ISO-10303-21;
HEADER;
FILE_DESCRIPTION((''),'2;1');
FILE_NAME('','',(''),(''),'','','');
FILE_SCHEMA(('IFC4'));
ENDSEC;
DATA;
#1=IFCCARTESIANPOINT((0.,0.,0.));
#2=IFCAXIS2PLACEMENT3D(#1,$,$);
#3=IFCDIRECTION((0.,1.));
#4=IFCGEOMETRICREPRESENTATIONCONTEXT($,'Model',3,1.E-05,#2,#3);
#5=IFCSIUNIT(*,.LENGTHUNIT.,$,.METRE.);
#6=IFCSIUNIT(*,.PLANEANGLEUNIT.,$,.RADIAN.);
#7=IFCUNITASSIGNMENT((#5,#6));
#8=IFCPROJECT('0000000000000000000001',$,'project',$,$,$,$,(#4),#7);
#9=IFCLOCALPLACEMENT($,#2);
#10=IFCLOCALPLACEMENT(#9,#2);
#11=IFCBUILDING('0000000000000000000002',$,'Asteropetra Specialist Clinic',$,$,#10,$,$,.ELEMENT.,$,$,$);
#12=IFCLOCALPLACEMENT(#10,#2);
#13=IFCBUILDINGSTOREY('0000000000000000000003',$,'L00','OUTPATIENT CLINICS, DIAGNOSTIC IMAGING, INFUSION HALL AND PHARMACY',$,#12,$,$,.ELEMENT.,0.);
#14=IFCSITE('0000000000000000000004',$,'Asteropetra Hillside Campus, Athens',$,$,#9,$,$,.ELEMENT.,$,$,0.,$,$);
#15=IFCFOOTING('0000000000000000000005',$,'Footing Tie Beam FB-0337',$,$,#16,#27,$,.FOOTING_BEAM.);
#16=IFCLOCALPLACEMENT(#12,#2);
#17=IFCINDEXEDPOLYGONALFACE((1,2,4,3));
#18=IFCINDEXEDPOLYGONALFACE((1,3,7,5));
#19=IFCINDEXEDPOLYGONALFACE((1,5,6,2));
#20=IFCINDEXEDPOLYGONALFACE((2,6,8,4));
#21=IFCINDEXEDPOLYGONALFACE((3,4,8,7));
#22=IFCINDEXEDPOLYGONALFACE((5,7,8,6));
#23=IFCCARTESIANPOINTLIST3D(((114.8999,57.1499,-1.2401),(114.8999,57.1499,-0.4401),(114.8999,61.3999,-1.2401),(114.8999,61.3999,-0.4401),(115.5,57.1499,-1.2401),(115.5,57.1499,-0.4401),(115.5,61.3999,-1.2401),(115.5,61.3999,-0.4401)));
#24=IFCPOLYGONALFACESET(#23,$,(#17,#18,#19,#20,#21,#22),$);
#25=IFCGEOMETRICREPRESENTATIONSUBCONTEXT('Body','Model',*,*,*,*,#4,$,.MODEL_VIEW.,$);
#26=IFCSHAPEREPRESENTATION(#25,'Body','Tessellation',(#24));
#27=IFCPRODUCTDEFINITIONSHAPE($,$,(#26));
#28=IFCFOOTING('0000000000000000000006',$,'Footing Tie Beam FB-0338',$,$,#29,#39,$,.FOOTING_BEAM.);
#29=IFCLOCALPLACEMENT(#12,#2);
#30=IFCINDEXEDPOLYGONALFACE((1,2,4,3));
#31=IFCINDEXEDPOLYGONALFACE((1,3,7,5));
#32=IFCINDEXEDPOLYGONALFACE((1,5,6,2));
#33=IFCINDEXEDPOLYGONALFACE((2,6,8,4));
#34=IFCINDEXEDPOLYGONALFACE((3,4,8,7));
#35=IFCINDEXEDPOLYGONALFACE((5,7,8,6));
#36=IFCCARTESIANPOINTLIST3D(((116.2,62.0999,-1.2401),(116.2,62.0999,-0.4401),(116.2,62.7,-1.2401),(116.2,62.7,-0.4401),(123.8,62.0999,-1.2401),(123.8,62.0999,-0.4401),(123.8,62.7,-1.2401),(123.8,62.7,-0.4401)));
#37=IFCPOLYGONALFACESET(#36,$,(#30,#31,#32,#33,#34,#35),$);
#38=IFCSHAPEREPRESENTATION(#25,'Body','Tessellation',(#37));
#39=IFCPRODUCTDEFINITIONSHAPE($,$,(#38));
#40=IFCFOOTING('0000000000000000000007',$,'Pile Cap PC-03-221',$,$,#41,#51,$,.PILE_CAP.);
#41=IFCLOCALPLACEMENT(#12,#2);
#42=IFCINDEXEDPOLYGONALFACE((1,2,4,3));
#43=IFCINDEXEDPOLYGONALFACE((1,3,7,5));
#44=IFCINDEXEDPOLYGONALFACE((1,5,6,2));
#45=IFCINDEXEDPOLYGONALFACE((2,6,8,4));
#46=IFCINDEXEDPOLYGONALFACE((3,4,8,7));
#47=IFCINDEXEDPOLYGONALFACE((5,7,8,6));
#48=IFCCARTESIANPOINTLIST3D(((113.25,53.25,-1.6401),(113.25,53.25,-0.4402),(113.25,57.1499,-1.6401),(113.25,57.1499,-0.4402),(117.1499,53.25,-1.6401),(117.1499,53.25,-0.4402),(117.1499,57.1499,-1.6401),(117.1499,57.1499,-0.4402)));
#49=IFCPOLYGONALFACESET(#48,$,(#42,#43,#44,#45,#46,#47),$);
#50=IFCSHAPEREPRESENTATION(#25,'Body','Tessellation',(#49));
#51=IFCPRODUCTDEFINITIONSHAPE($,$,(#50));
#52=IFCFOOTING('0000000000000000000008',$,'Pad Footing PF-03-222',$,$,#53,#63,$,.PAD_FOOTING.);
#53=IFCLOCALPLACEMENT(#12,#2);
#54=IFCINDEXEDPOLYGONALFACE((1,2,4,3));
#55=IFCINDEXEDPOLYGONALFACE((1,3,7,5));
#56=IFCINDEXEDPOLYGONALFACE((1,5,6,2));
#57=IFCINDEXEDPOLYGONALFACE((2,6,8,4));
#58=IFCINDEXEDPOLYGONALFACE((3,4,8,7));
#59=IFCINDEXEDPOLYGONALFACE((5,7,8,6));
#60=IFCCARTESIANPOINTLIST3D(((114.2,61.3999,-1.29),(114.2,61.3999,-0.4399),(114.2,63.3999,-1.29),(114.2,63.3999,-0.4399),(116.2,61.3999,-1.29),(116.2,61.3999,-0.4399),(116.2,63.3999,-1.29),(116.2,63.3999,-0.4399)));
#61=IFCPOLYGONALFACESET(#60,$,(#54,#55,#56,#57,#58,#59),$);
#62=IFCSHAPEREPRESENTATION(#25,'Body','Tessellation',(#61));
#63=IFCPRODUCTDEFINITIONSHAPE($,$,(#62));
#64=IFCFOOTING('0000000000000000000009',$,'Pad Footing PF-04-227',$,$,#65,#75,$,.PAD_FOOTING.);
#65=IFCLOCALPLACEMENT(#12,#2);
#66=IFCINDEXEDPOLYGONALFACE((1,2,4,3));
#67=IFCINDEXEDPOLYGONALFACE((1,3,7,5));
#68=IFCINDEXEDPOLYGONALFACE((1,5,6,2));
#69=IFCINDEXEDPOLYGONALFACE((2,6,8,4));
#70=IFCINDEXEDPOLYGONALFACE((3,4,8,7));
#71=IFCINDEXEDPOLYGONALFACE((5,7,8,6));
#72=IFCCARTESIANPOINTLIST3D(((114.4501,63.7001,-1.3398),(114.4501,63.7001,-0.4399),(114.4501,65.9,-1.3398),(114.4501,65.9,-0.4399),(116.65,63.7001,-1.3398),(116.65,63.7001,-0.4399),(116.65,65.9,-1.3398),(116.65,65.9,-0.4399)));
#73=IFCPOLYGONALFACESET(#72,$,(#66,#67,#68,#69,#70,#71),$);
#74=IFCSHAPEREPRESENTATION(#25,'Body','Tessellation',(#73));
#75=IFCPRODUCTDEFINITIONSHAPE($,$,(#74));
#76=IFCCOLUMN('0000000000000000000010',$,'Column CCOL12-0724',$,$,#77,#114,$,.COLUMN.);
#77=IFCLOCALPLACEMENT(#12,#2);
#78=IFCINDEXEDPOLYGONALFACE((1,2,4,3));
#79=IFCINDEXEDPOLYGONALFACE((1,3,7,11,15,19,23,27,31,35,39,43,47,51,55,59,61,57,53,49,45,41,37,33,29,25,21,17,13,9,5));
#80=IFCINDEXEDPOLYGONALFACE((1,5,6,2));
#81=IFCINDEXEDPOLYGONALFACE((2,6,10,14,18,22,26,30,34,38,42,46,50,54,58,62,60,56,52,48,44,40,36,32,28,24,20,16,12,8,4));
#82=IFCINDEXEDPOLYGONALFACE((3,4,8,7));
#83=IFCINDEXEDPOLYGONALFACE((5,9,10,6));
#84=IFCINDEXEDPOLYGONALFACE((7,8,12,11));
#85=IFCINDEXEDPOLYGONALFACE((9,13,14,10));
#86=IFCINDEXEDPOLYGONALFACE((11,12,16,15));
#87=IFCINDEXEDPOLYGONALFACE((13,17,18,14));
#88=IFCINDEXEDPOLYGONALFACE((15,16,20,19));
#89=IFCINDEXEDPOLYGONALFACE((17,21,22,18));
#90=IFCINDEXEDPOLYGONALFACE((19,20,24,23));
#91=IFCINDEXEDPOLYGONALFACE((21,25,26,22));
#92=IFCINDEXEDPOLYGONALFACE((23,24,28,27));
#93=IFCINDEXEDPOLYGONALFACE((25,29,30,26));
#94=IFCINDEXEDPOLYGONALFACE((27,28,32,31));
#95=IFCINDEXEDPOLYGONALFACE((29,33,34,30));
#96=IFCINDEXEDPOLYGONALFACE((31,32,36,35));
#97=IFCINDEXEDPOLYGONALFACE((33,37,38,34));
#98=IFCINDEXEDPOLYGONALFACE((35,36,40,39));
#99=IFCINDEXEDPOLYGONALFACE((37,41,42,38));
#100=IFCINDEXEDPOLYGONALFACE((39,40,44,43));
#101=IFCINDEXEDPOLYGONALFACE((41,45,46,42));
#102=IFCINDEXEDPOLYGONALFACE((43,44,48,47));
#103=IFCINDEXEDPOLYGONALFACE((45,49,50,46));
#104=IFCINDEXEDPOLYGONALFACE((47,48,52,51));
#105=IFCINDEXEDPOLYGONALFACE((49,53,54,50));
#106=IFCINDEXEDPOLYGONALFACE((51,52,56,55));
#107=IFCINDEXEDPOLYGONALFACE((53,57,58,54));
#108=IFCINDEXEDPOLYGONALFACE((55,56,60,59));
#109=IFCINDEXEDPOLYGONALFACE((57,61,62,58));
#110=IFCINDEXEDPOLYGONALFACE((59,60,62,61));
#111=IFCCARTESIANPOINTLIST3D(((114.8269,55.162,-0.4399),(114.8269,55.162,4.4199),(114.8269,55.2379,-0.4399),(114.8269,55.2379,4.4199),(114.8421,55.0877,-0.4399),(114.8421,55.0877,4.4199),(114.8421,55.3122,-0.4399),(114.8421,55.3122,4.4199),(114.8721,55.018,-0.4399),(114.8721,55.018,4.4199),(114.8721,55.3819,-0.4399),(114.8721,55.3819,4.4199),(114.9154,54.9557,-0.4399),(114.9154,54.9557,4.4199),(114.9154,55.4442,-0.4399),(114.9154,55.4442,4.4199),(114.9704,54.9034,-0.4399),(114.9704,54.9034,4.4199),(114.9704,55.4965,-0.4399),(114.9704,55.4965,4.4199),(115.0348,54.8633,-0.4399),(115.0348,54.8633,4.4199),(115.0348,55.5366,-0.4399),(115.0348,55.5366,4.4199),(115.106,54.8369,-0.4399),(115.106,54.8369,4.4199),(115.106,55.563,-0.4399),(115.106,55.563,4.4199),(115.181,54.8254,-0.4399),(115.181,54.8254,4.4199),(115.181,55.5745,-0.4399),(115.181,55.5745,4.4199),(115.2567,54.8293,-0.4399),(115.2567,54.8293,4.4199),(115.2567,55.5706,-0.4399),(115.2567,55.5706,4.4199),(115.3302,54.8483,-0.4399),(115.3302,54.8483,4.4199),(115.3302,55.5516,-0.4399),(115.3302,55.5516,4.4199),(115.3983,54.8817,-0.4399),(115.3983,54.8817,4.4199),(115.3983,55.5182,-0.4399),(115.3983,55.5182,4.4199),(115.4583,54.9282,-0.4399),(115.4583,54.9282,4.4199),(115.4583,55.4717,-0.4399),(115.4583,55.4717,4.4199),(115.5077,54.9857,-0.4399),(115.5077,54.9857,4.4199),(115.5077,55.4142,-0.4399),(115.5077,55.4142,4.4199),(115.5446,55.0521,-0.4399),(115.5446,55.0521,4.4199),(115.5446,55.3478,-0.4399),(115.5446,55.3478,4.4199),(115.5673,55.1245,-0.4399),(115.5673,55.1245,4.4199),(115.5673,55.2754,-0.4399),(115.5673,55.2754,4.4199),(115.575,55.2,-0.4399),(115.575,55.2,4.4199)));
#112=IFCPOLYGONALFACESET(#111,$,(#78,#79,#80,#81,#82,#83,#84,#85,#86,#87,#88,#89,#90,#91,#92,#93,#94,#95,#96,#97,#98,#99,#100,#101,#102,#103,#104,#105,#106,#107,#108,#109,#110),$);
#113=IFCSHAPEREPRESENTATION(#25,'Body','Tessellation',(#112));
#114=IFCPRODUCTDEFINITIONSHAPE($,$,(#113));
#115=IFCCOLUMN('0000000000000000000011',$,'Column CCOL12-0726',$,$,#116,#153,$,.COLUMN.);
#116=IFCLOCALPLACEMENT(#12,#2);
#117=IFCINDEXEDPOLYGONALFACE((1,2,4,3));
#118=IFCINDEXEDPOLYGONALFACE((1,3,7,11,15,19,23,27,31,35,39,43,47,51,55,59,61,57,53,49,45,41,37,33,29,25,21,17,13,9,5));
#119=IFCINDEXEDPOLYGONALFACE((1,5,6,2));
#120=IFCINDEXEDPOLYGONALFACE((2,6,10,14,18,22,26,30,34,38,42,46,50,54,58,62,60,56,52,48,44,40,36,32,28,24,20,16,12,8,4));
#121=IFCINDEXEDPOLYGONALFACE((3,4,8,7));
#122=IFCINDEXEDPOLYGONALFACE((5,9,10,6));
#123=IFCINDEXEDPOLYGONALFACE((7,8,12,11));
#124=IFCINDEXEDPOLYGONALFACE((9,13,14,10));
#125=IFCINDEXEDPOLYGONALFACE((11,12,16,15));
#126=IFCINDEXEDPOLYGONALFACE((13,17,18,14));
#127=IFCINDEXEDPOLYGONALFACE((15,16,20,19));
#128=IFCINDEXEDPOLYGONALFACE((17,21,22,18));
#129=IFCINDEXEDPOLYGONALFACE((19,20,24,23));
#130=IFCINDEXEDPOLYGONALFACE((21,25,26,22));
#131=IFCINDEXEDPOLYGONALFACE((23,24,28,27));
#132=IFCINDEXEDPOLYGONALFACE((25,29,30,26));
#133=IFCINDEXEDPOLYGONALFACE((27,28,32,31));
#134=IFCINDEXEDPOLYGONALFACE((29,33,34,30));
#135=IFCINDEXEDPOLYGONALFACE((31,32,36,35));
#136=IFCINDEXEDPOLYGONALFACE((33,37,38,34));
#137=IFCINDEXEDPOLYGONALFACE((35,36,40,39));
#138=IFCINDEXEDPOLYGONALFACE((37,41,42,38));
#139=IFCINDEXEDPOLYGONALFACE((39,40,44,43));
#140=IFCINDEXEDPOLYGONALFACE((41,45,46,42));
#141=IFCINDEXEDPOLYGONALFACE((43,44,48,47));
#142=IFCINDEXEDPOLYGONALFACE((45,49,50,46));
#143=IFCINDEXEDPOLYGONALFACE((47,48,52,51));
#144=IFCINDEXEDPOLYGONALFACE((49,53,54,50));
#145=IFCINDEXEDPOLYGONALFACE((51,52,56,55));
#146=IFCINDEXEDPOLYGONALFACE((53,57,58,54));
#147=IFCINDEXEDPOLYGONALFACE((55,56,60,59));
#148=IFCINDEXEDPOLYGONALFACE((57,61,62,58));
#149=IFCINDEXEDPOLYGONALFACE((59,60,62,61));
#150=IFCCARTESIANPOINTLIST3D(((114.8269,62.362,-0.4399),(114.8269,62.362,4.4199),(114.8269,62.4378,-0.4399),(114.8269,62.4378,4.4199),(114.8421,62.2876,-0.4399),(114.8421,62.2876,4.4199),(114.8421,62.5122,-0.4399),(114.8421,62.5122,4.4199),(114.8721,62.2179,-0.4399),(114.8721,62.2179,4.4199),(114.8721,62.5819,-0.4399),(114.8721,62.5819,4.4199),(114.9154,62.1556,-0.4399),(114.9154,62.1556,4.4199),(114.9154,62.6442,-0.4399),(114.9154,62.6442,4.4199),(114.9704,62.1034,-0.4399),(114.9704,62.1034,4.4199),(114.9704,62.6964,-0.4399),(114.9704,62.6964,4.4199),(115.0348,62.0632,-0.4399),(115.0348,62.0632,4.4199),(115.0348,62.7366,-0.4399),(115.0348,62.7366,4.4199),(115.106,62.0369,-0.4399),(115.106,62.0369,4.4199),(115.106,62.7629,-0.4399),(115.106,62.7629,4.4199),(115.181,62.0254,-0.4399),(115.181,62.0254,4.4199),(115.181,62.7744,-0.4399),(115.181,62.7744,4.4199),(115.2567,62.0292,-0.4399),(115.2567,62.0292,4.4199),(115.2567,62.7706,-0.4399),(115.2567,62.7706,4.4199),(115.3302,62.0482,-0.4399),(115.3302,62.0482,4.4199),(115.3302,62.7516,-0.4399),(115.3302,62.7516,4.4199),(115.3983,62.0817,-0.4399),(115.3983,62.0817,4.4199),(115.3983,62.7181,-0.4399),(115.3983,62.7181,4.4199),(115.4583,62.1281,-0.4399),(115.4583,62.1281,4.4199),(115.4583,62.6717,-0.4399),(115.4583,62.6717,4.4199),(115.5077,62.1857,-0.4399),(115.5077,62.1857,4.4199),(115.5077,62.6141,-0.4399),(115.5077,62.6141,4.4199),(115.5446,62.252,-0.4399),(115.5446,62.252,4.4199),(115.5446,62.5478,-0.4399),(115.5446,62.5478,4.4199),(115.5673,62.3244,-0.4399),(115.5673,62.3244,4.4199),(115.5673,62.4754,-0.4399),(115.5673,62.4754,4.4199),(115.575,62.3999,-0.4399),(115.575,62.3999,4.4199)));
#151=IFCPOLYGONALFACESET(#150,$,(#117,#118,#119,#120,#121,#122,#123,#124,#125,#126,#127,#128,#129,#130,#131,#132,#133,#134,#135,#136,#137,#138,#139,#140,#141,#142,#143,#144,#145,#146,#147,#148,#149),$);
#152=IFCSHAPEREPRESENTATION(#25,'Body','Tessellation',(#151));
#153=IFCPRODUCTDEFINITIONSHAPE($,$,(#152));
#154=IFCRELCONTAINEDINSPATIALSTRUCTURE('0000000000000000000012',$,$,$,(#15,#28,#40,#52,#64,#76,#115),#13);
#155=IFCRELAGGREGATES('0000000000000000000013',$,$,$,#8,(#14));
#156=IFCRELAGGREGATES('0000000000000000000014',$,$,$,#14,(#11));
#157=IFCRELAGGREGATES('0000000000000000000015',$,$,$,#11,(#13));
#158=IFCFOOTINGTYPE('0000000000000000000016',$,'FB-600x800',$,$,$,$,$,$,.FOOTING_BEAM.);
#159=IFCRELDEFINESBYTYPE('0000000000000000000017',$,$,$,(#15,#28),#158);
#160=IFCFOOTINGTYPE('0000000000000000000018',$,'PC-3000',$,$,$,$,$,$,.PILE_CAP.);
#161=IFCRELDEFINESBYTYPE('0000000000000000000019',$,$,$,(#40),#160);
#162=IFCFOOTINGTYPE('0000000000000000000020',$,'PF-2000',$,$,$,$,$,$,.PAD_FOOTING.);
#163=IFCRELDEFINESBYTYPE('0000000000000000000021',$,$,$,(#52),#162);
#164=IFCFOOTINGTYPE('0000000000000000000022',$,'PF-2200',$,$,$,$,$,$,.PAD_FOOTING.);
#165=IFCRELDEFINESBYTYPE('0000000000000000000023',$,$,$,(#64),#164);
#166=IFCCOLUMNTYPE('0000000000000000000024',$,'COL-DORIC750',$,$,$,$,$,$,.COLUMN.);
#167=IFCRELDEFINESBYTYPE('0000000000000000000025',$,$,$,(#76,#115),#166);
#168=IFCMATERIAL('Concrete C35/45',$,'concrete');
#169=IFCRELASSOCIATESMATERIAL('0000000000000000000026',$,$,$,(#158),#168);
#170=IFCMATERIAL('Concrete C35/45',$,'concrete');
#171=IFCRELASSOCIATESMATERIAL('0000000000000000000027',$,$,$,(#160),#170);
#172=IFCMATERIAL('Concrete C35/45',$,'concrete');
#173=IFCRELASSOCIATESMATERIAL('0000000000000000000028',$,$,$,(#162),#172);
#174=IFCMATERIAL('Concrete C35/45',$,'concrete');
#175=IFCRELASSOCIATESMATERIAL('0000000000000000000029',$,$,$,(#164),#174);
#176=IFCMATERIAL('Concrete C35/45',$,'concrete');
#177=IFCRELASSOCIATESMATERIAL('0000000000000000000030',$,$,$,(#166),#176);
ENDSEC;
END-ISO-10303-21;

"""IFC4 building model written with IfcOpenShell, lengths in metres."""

from ifc_helpers import new_model, si_unit, direction, frame, origin, origin_2d, place, context, subcontext, project, spatial, rectangle, circle, extrude, material, material_profile, profile_set, type_object, element, save


model = new_model("IFC4")

# Units and contexts
model_context = context("Model", 3, precision=1e-05, world=origin(), true_north=direction((0.0, 1.0)))
body_context = subcontext(model_context, "Body", "Model", "MODEL_VIEW")
ifc_project = project(units=[si_unit("LENGTHUNIT", "METRE"), si_unit("PLANEANGLEUNIT", "RADIAN")], contexts=[model_context])

# Site, building, storey
site_placement = place(None, origin())
site = spatial("IfcSite", under=ifc_project, at=site_placement, Name="Asteropetra Hillside Campus, Athens", CompositionType="ELEMENT", RefElevation=0.0)
building_placement = place(site_placement, origin())
building = spatial("IfcBuilding", under=site, at=building_placement, Name="Asteropetra Specialist Clinic", CompositionType="ELEMENT")
storey_placement = place(building_placement, origin())
storey = spatial("IfcBuildingStorey", under=building, at=storey_placement, Name="L00", Description="OUTPATIENT CLINICS, DIAGNOSTIC IMAGING, INFUSION HALL AND PHARMACY", CompositionType="ELEMENT", Elevation=0.0)

# Footings
ifc_material_1 = material(Name="Concrete C35/45", Category="concrete")
ifc_material_profile_1 = material_profile(ifc_material_1, rectangle(XDim=0.6001, YDim=0.8, at=origin_2d()), Name="FB 600x800")
ifc_profile_set_1 = profile_set([ifc_material_profile_1], Name="Concrete C35/45")
footing_type_1 = type_object("IfcFootingType", Name="FB-600x800", PredefinedType="FOOTING_BEAM", material=ifc_profile_set_1)
footing_1_placement = place(storey_placement, frame((115.2, 57.1499, -0.8401), z_axis=(0.0, 1.0, 0.0), x_axis=(-1.0, 0.0, 0.0)))
element("IfcFooting", 1, at=footing_1_placement, inside=storey, type_object=footing_type_1, Name="Footing Tie Beam FB-0337", PredefinedType="FOOTING_BEAM", context=body_context, shape_type="SweptSolid", body=[
    extrude(rectangle(XDim=0.6001, YDim=0.8, at=origin_2d()), origin(), (0.0, 0.0, 1.0), 4.25),
])
footing_2_placement = place(storey_placement, frame((116.2, 62.3999, -0.8401), z_axis=(1.0, 0.0, 0.0), x_axis=(0.0, 1.0, 0.0)))
element("IfcFooting", 2, at=footing_2_placement, inside=storey, type_object=footing_type_1, Name="Footing Tie Beam FB-0338", PredefinedType="FOOTING_BEAM", context=body_context, shape_type="SweptSolid", body=[
    extrude(rectangle(XDim=0.6001, YDim=0.8, at=origin_2d()), origin(), (0.0, 0.0, 1.0), 7.6001),
])
ifc_material_2 = material(Name="Concrete C35/45", Category="concrete")
footing_type_2 = type_object("IfcFootingType", Name="PC-3000", PredefinedType="PILE_CAP", material=ifc_material_2)
footing_3_placement = place(storey_placement, frame((115.2, 55.2, -1.6401), z_axis=(0.0, 0.0, 1.0), x_axis=(1.0, 0.0, 0.0)))
element("IfcFooting", 3, at=footing_3_placement, inside=storey, type_object=footing_type_2, Name="Pile Cap PC-03-221", PredefinedType="PILE_CAP", context=body_context, shape_type="SweptSolid", body=[
    extrude(rectangle(XDim=3.8999, YDim=3.8999, at=origin_2d()), origin(), (0.0, 0.0, 1.0), 1.2),
])
ifc_material_3 = material(Name="Concrete C35/45", Category="concrete")
footing_type_3 = type_object("IfcFootingType", Name="PF-2000", PredefinedType="PAD_FOOTING", material=ifc_material_3)
footing_4_placement = place(storey_placement, frame((115.2, 62.3999, -1.29), z_axis=(0.0, 0.0, 1.0), x_axis=(1.0, 0.0, 0.0)))
element("IfcFooting", 4, at=footing_4_placement, inside=storey, type_object=footing_type_3, Name="Pad Footing PF-03-222", PredefinedType="PAD_FOOTING", context=body_context, shape_type="SweptSolid", body=[
    extrude(rectangle(XDim=2.0, YDim=2.0, at=origin_2d()), origin(), (0.0, 0.0, 1.0), 0.8501),
])
ifc_material_4 = material(Name="Concrete C35/45", Category="concrete")
footing_type_4 = type_object("IfcFootingType", Name="PF-2200", PredefinedType="PAD_FOOTING", material=ifc_material_4)
footing_5_placement = place(storey_placement, frame((115.55, 64.8, -1.3398), z_axis=(0.0, 0.0, 1.0), x_axis=(1.0, 0.0, 0.0)))
element("IfcFooting", 5, at=footing_5_placement, inside=storey, type_object=footing_type_4, Name="Pad Footing PF-04-227", PredefinedType="PAD_FOOTING", context=body_context, shape_type="SweptSolid", body=[
    extrude(rectangle(XDim=2.2, YDim=2.2, at=origin_2d()), origin(), (0.0, 0.0, 1.0), 0.8999),
])

# Columns
ifc_material_5 = material(Name="Concrete C35/45", Category="concrete")
ifc_material_profile_2 = material_profile(ifc_material_5, circle(Radius=0.375, at=origin_2d()), Name="RCC D750")
ifc_profile_set_2 = profile_set([ifc_material_profile_2], Name="Concrete C35/45")
column_type_1 = type_object("IfcColumnType", Name="COL-DORIC750", PredefinedType="COLUMN", material=ifc_profile_set_2)
for number, where, z_axis, x_axis, name in (
    (6, (115.2, 55.2, -0.4399), (0.0, 0.0, 1.0), (1.0, 0.0, 0.0), "Column CCOL12-0724"),
    (7, (115.2, 62.3999, -0.4399), (0.0, 0.0, 1.0), (1.0, 0.0, 0.0), "Column CCOL12-0726"),
):
    element("IfcColumn", number, at=place(storey_placement, frame(where, z_axis=z_axis, x_axis=x_axis)), inside=storey, type_object=column_type_1, Name=name, PredefinedType="COLUMN", context=body_context, shape_type="SweptSolid", body=[
        extrude(circle(Radius=0.375, at=origin_2d()), origin(), (0.0, 0.0, 1.0), 4.8599),
    ])

save(model, "model.ifc")
